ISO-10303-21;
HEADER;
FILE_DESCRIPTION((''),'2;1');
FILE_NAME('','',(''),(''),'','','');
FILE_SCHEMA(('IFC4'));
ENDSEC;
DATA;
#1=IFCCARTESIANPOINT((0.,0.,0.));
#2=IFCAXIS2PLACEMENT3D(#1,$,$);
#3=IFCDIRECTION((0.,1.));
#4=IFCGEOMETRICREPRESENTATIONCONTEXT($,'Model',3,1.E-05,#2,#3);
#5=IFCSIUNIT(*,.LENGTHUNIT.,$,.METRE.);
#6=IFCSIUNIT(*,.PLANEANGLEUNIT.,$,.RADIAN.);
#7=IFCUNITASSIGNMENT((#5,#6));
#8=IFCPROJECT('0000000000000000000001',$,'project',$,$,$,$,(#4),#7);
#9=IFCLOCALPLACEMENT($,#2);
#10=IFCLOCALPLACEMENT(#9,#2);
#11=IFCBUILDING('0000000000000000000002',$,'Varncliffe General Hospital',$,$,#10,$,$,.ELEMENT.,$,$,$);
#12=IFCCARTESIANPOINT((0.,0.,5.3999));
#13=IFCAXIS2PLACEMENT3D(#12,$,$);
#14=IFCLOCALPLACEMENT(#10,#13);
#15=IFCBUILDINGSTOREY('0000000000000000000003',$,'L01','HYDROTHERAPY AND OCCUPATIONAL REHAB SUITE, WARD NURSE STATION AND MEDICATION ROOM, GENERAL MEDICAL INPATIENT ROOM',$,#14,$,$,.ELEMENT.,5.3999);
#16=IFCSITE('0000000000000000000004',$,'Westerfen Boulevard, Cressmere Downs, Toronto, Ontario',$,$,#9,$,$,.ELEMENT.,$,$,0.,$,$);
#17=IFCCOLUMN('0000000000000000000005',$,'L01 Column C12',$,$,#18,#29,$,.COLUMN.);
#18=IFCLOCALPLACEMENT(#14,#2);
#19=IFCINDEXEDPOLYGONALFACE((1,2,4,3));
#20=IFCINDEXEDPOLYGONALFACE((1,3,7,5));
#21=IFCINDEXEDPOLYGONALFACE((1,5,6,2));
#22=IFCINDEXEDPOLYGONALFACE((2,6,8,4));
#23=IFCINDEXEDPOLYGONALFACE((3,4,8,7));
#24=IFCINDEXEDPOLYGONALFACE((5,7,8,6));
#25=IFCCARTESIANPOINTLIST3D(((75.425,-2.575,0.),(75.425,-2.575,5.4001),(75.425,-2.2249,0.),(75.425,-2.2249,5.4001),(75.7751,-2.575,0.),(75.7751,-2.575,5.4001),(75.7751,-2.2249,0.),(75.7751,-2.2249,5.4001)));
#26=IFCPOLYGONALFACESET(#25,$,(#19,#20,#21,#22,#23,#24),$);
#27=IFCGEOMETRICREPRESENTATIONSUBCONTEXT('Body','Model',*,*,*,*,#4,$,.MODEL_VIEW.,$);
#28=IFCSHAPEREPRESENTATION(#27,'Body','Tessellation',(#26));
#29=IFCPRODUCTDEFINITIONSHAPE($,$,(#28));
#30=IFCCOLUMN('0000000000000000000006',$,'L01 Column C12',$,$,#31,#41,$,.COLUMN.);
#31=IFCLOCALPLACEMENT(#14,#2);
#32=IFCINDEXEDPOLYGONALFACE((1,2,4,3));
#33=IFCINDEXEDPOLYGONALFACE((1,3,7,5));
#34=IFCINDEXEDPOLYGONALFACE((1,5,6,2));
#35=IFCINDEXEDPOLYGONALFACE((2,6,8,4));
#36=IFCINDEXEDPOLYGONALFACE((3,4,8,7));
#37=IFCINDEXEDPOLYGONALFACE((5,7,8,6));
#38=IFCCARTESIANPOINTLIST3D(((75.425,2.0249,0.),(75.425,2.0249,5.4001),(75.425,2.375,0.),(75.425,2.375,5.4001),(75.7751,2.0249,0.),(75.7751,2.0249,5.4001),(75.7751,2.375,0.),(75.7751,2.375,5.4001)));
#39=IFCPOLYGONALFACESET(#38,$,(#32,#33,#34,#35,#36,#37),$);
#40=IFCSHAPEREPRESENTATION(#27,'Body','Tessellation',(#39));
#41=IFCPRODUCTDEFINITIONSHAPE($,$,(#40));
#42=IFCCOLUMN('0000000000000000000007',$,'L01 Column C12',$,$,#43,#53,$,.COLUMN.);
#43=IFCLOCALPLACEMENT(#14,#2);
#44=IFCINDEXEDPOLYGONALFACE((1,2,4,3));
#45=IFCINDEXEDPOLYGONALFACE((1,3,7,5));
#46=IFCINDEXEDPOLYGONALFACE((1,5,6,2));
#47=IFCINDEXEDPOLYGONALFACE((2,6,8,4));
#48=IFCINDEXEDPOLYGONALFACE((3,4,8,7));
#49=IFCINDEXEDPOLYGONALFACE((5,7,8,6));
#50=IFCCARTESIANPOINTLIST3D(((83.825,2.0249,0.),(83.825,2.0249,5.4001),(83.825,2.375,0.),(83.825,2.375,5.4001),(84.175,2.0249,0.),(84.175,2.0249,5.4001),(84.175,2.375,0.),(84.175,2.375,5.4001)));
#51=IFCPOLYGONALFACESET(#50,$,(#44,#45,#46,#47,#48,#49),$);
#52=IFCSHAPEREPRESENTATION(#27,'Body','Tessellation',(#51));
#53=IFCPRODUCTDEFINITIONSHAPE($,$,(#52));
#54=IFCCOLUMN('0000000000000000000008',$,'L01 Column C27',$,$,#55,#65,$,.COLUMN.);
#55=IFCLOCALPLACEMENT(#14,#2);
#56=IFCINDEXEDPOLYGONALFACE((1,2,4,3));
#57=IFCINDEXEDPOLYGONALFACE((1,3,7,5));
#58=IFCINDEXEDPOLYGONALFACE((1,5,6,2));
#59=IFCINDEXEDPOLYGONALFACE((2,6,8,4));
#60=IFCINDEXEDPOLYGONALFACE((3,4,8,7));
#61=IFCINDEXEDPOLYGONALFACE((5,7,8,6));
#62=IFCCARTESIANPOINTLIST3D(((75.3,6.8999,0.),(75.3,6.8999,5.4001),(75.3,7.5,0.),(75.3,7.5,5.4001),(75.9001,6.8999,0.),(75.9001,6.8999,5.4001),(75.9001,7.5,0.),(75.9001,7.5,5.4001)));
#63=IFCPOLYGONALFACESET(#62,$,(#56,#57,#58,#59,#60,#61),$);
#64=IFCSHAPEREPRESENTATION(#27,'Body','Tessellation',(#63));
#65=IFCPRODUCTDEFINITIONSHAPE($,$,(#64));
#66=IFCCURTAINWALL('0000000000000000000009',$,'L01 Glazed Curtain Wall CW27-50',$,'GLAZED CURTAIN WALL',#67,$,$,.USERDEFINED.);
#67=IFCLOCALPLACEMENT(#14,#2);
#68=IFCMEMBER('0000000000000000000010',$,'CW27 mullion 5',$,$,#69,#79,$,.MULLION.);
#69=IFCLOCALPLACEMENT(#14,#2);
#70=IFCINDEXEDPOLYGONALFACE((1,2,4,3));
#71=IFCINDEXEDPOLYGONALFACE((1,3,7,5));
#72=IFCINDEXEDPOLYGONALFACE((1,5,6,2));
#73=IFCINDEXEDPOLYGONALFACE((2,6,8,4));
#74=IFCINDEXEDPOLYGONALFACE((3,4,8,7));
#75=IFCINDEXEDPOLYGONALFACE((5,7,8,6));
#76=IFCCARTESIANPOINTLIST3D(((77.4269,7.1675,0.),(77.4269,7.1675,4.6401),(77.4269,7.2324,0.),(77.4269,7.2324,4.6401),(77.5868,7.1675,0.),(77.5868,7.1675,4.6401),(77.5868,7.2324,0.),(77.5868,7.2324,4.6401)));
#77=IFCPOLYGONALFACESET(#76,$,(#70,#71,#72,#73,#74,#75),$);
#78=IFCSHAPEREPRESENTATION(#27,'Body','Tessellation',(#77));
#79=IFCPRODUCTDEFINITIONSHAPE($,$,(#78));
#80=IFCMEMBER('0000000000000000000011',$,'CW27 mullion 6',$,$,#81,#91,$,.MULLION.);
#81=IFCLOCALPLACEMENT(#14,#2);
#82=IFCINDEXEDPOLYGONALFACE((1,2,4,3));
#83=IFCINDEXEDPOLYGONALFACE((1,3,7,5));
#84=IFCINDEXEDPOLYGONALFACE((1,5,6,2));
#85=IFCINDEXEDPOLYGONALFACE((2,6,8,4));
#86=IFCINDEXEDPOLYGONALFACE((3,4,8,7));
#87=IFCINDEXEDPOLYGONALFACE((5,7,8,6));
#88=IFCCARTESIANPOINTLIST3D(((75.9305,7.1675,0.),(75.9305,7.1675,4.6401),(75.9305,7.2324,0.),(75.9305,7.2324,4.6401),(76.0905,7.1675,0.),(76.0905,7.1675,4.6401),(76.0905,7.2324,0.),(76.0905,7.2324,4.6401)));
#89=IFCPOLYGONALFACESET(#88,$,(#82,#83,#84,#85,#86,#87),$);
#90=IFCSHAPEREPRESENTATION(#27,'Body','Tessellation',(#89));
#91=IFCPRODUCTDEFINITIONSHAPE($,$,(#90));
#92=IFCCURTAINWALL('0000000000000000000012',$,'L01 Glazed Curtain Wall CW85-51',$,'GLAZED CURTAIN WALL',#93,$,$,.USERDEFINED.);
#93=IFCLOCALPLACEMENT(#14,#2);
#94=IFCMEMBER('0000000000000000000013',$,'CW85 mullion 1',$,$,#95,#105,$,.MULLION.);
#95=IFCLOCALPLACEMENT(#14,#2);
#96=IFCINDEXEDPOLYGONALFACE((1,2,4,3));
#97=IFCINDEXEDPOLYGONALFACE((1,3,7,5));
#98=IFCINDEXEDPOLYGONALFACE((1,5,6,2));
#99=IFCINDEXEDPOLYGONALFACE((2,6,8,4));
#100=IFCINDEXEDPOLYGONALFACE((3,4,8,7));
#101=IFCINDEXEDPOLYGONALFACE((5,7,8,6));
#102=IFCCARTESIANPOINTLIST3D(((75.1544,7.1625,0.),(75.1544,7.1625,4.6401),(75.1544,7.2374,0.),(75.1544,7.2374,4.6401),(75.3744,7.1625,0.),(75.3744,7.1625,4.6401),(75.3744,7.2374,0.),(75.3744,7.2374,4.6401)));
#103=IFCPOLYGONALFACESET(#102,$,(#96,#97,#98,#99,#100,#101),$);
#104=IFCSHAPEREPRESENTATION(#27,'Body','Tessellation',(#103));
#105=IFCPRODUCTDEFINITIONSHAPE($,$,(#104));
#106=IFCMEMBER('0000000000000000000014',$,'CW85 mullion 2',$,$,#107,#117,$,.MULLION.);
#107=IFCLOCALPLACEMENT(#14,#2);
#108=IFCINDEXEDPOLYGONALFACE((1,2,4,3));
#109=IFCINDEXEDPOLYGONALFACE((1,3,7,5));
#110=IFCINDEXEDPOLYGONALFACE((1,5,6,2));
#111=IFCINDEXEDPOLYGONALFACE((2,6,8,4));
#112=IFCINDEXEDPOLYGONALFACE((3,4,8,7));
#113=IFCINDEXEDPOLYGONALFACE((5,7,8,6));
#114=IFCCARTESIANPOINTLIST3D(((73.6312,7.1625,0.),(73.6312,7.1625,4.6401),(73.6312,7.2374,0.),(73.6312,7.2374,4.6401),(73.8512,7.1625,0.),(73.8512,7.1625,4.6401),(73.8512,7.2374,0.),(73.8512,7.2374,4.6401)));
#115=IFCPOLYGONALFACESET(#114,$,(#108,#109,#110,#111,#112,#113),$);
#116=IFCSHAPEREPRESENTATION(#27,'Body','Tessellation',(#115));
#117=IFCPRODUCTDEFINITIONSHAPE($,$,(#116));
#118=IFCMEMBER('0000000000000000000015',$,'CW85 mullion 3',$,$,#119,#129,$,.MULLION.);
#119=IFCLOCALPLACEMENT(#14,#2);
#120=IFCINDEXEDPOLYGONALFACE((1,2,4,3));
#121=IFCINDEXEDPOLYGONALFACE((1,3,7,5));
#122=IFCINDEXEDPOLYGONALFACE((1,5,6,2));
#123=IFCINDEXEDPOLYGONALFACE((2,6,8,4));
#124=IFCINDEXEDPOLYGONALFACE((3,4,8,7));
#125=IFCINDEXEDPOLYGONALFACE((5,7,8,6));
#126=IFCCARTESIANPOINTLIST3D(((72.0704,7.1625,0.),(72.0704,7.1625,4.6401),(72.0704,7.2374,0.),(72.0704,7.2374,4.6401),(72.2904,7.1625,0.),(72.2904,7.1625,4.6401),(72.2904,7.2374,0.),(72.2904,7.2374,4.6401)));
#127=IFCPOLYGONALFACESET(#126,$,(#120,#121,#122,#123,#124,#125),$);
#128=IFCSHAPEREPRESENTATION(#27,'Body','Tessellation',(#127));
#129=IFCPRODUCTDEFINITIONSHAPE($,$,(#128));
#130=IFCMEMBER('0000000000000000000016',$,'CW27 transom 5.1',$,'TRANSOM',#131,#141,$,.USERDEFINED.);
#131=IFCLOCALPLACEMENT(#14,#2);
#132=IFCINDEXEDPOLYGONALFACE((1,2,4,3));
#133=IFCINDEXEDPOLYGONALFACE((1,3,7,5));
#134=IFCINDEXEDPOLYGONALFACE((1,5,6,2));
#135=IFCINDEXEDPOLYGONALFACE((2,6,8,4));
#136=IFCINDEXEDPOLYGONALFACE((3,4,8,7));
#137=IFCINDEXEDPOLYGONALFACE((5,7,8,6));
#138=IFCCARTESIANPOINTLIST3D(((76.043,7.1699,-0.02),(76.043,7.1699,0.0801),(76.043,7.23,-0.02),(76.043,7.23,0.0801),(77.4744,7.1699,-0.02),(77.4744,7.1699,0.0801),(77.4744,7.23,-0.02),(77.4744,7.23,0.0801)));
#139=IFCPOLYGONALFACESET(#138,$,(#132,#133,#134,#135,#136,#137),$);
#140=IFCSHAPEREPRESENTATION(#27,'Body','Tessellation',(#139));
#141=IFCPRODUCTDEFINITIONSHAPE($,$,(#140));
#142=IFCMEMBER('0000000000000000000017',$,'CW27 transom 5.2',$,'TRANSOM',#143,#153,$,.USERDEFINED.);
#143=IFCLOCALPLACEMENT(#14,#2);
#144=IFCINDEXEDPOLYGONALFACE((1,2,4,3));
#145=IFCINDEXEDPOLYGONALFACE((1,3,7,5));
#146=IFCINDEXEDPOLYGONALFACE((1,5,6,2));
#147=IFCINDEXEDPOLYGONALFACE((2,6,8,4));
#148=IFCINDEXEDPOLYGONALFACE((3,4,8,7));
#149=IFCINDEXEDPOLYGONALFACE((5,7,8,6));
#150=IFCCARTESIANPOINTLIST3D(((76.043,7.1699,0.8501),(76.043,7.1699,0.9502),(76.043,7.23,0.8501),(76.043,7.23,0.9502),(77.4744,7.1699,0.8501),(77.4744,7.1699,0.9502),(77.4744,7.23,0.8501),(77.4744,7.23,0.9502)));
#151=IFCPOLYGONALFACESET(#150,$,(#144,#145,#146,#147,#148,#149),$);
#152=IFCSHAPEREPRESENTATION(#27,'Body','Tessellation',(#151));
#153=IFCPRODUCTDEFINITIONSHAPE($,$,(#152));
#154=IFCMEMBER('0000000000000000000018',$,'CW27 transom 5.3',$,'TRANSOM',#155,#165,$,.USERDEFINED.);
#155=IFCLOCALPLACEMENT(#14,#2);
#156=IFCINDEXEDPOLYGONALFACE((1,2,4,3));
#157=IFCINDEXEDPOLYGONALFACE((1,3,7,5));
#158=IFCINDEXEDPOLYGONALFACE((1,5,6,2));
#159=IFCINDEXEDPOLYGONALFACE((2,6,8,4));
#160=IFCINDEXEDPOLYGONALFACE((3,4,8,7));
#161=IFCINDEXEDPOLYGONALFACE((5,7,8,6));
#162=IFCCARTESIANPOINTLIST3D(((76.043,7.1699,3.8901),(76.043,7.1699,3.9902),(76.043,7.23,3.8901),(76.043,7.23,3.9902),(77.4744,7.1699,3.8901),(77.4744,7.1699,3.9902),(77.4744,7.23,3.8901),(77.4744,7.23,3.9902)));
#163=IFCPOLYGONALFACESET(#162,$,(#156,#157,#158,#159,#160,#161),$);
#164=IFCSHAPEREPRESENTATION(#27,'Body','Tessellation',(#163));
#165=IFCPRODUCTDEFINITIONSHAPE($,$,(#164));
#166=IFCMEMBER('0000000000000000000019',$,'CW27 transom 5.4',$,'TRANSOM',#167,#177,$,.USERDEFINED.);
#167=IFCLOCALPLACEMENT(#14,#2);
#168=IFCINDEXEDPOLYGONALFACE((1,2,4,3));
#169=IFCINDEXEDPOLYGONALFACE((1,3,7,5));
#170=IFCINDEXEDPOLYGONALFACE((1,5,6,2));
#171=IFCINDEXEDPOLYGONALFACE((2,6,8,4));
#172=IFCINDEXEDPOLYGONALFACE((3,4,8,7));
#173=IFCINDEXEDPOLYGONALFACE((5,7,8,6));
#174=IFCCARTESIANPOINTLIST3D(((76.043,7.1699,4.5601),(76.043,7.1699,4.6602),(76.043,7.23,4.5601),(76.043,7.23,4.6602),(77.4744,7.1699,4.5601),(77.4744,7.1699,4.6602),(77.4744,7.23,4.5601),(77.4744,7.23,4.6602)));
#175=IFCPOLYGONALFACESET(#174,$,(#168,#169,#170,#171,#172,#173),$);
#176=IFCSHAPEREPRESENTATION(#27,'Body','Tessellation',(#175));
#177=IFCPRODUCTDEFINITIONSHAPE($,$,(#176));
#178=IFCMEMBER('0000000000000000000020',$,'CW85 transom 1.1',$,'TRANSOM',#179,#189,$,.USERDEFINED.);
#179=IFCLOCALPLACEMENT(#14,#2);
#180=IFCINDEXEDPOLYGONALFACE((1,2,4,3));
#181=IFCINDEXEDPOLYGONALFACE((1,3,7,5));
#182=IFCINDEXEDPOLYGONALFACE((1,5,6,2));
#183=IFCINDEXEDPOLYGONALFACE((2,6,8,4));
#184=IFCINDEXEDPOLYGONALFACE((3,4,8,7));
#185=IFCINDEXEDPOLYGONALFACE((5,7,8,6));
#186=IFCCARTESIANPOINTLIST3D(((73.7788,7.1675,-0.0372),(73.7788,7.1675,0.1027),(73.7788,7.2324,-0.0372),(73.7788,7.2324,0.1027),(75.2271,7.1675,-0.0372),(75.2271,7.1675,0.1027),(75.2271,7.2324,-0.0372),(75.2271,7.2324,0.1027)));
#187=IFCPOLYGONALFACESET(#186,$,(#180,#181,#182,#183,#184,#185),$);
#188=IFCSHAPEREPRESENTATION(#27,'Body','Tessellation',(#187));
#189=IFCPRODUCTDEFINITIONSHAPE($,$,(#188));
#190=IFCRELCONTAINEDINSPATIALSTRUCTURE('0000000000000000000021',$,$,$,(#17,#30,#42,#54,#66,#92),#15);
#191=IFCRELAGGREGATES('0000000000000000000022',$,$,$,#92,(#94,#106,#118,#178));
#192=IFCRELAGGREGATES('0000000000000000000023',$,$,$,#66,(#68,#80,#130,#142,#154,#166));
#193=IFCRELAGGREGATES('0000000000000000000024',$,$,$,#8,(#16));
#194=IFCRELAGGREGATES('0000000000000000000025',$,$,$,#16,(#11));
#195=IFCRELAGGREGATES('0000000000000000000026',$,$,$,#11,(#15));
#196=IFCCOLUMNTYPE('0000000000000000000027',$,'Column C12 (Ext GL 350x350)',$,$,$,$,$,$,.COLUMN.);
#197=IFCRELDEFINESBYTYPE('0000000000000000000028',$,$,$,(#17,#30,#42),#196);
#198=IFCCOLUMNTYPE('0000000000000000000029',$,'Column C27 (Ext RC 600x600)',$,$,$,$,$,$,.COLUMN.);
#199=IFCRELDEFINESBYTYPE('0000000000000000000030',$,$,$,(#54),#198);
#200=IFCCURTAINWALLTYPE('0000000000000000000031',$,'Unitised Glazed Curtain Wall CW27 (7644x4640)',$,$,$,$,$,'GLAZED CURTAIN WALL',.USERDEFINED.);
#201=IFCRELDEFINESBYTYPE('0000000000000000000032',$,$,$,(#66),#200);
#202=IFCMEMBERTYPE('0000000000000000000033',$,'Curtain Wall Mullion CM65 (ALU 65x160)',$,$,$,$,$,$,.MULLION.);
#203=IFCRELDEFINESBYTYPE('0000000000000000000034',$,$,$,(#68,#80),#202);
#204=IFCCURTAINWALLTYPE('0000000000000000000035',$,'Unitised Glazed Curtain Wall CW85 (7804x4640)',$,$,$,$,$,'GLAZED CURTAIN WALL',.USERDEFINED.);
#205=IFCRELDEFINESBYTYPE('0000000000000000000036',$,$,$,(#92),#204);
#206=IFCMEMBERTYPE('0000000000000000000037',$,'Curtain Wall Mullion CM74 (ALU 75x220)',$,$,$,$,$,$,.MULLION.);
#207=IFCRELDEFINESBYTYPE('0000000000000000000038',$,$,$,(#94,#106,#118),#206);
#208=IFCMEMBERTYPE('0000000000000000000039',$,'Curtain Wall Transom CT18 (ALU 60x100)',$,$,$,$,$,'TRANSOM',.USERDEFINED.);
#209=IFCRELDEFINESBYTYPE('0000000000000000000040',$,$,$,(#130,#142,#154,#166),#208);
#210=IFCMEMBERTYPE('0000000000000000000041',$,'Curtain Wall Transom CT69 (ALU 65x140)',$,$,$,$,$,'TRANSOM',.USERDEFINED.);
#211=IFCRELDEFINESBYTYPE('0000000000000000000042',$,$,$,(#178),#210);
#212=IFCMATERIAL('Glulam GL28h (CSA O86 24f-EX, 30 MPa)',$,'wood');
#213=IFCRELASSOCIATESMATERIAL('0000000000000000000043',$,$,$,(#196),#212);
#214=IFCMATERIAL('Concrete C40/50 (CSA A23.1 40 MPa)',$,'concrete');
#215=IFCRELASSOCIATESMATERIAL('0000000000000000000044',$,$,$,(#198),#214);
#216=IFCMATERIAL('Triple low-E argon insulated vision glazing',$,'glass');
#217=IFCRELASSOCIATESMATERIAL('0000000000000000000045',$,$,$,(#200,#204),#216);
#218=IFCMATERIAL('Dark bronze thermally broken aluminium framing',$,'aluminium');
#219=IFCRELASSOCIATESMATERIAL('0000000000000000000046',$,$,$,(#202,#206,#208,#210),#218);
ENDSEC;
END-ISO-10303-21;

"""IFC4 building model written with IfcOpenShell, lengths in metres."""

from ifc_helpers import new_model, si_unit, direction, frame, origin, origin_2d, place, context, subcontext, project, spatial, rectangle, extrude, material, material_profile, profile_set, type_object, element, aggregate, save


model = new_model("IFC4")

# Units and contexts
model_context = context("Model", 3, precision=1e-05, world=origin(), true_north=direction((0.0, 1.0)))
body_context = subcontext(model_context, "Body", "Model", "MODEL_VIEW")
ifc_project = project(units=[si_unit("LENGTHUNIT", "METRE"), si_unit("PLANEANGLEUNIT", "RADIAN")], contexts=[model_context])

# Site, building, storey
site_placement = place(None, origin())
site = spatial("IfcSite", under=ifc_project, at=site_placement, Name="Westerfen Boulevard, Cressmere Downs, Toronto, Ontario", CompositionType="ELEMENT", RefElevation=0.0)
building_placement = place(site_placement, origin())
building = spatial("IfcBuilding", under=site, at=building_placement, Name="Varncliffe General Hospital", CompositionType="ELEMENT")
storey_placement = place(building_placement, frame((0.0, 0.0, 5.3999)))
storey = spatial("IfcBuildingStorey", under=building, at=storey_placement, Name="L01", Description="HYDROTHERAPY AND OCCUPATIONAL REHAB SUITE, WARD NURSE STATION AND MEDICATION ROOM, GENERAL MEDICAL INPATIENT ROOM", CompositionType="ELEMENT", Elevation=5.3999)

# Columns
ifc_material_1 = material(Name="Glulam GL28h (CSA O86 24f-EX, 30 MPa)", Category="wood")
ifc_material_profile_1 = material_profile(ifc_material_1, rectangle(XDim=0.3501, YDim=0.3501, at=origin_2d()), Name="GL 350x350")
ifc_profile_set_1 = profile_set([ifc_material_profile_1], Name="Glulam GL28h (CSA O86 24f-EX, 30 MPa)")
column_type_1 = type_object("IfcColumnType", Name="Column C12 (Ext GL 350x350)", PredefinedType="COLUMN", material=ifc_profile_set_1)
for number, where, z_axis, x_axis, name in (
    (1, (75.6001, -2.3999, 0.0), (0.0, 0.0, 1.0), (1.0, 0.0, 0.0), "L01 Column C12"),
    (2, (75.6001, 2.2, 0.0), (0.0, 0.0, 1.0), (1.0, 0.0, 0.0), "L01 Column C12"),
    (3, (84.0, 2.2, 0.0), (0.0, 0.0, 1.0), (1.0, 0.0, 0.0), "L01 Column C12"),
):
    element("IfcColumn", number, at=place(storey_placement, frame(where, z_axis=z_axis, x_axis=x_axis)), inside=storey, type_object=column_type_1, Name=name, PredefinedType="COLUMN", context=body_context, shape_type="SweptSolid", body=[
        extrude(rectangle(XDim=0.3501, YDim=0.3501, at=origin_2d()), origin(), (0.0, 0.0, 1.0), 5.4001),
    ])
ifc_material_2 = material(Name="Concrete C40/50 (CSA A23.1 40 MPa)", Category="concrete")
ifc_material_profile_2 = material_profile(ifc_material_2, rectangle(XDim=0.6001, YDim=0.6001, at=origin_2d()), Name="RC 600x600")
ifc_profile_set_2 = profile_set([ifc_material_profile_2], Name="Concrete C40/50 (CSA A23.1 40 MPa)")
column_type_2 = type_object("IfcColumnType", Name="Column C27 (Ext RC 600x600)", PredefinedType="COLUMN", material=ifc_profile_set_2)
column_placement = place(storey_placement, frame((75.6001, 7.2, 0.0), z_axis=(0.0, 0.0, 1.0), x_axis=(1.0, 0.0, 0.0)))
element("IfcColumn", 4, at=column_placement, inside=storey, type_object=column_type_2, Name="L01 Column C27", PredefinedType="COLUMN", context=body_context, shape_type="SweptSolid", body=[
    extrude(rectangle(XDim=0.6001, YDim=0.6001, at=origin_2d()), origin(), (0.0, 0.0, 1.0), 5.4001),
])

# Curtain walls, members
ifc_material_3 = material(Name="Triple low-E argon insulated vision glazing", Category="glass")
curtain_wall_type_1 = type_object("IfcCurtainWallType", Name="Unitised Glazed Curtain Wall CW27 (7644x4640)", ElementType="GLAZED CURTAIN WALL", PredefinedType="USERDEFINED", material=ifc_material_3)
curtain_wall_1_placement = place(storey_placement, origin())
curtain_wall_1 = element("IfcCurtainWall", 5, at=curtain_wall_1_placement, inside=storey, type_object=curtain_wall_type_1, Name="L01 Glazed Curtain Wall CW27-50", ObjectType="GLAZED CURTAIN WALL", PredefinedType="USERDEFINED")
ifc_material_4 = material(Name="Dark bronze thermally broken aluminium framing", Category="aluminium")
ifc_material_profile_3 = material_profile(ifc_material_4, rectangle(XDim=0.0649, YDim=0.1599, at=origin_2d()), Name="ALU 65x160")
ifc_profile_set_3 = profile_set([ifc_material_profile_3], Name="Dark bronze thermally broken aluminium framing")
member_type_1 = type_object("IfcMemberType", Name="Curtain Wall Mullion CM65 (ALU 65x160)", PredefinedType="MULLION", material=ifc_profile_set_3)
member_1_placement = place(storey_placement, frame((77.5068, 7.2, 0.0), z_axis=(0.0, 0.0, 1.0), x_axis=(0.0, -1.0, 0.0)))
member_1 = element("IfcMember", 6, at=member_1_placement, type_object=member_type_1, Name="CW27 mullion 5", PredefinedType="MULLION", context=body_context, shape_type="SweptSolid", body=[
    extrude(rectangle(XDim=0.0649, YDim=0.1599, at=origin_2d()), origin(), (0.0, 0.0, 1.0), 4.6401),
])
member_2_placement = place(storey_placement, frame((76.0105, 7.2, 0.0), z_axis=(0.0, 0.0, 1.0), x_axis=(0.0, -1.0, 0.0)))
member_2 = element("IfcMember", 7, at=member_2_placement, type_object=member_type_1, Name="CW27 mullion 6", PredefinedType="MULLION", context=body_context, shape_type="SweptSolid", body=[
    extrude(rectangle(XDim=0.0649, YDim=0.1599, at=origin_2d()), origin(), (0.0, 0.0, 1.0), 4.6401),
])
curtain_wall_type_2 = type_object("IfcCurtainWallType", Name="Unitised Glazed Curtain Wall CW85 (7804x4640)", ElementType="GLAZED CURTAIN WALL", PredefinedType="USERDEFINED", material=ifc_material_3)
curtain_wall_2_placement = place(storey_placement, origin())
curtain_wall_2 = element("IfcCurtainWall", 8, at=curtain_wall_2_placement, inside=storey, type_object=curtain_wall_type_2, Name="L01 Glazed Curtain Wall CW85-51", ObjectType="GLAZED CURTAIN WALL", PredefinedType="USERDEFINED")
ifc_material_profile_4 = material_profile(ifc_material_4, rectangle(XDim=0.075, YDim=0.22, at=origin_2d()), Name="ALU 75x220")
ifc_profile_set_4 = profile_set([ifc_material_profile_4], Name="Dark bronze thermally broken aluminium framing")
member_type_2 = type_object("IfcMemberType", Name="Curtain Wall Mullion CM74 (ALU 75x220)", PredefinedType="MULLION", material=ifc_profile_set_4)
member_3_placement = place(storey_placement, frame((75.2644, 7.2, 0.0), z_axis=(0.0, 0.0, 1.0), x_axis=(0.0, -1.0, 0.0)))
member_3 = element("IfcMember", 9, at=member_3_placement, type_object=member_type_2, Name="CW85 mullion 1", PredefinedType="MULLION", context=body_context, shape_type="SweptSolid", body=[
    extrude(rectangle(XDim=0.075, YDim=0.22, at=origin_2d()), origin(), (0.0, 0.0, 1.0), 4.6401),
])
member_4_placement = place(storey_placement, frame((73.7412, 7.2, 0.0), z_axis=(0.0, 0.0, 1.0), x_axis=(0.0, -1.0, 0.0)))
member_4 = element("IfcMember", 10, at=member_4_placement, type_object=member_type_2, Name="CW85 mullion 2", PredefinedType="MULLION", context=body_context, shape_type="SweptSolid", body=[
    extrude(rectangle(XDim=0.075, YDim=0.22, at=origin_2d()), origin(), (0.0, 0.0, 1.0), 4.6401),
])
member_5_placement = place(storey_placement, frame((72.1804, 7.2, 0.0), z_axis=(0.0, 0.0, 1.0), x_axis=(0.0, -1.0, 0.0)))
member_5 = element("IfcMember", 11, at=member_5_placement, type_object=member_type_2, Name="CW85 mullion 3", PredefinedType="MULLION", context=body_context, shape_type="SweptSolid", body=[
    extrude(rectangle(XDim=0.075, YDim=0.22, at=origin_2d()), origin(), (0.0, 0.0, 1.0), 4.6401),
])

# Members
ifc_material_profile_5 = material_profile(ifc_material_4, rectangle(XDim=0.0601, YDim=0.1001, at=origin_2d()), Name="ALU 60x100")
ifc_profile_set_5 = profile_set([ifc_material_profile_5], Name="Dark bronze thermally broken aluminium framing")
member_type_3 = type_object("IfcMemberType", Name="Curtain Wall Transom CT18 (ALU 60x100)", ElementType="TRANSOM", PredefinedType="USERDEFINED", material=ifc_profile_set_5)
member_6_placement = place(storey_placement, frame((77.4744, 7.2, 0.03), z_axis=(-1.0, 0.0, 0.0), x_axis=(0.0, -1.0, 0.0)))
member_6 = element("IfcMember", 12, at=member_6_placement, type_object=member_type_3, Name="CW27 transom 5.1", ObjectType="TRANSOM", PredefinedType="USERDEFINED", context=body_context, shape_type="SweptSolid", body=[
    extrude(rectangle(XDim=0.0601, YDim=0.1001, at=origin_2d()), origin(), (0.0, 0.0, 1.0), 1.4314),
])
member_7_placement = place(storey_placement, frame((77.4744, 7.2, 0.9001), z_axis=(-1.0, 0.0, 0.0), x_axis=(0.0, -1.0, 0.0)))
member_7 = element("IfcMember", 13, at=member_7_placement, type_object=member_type_3, Name="CW27 transom 5.2", ObjectType="TRANSOM", PredefinedType="USERDEFINED", context=body_context, shape_type="SweptSolid", body=[
    extrude(rectangle(XDim=0.0601, YDim=0.1001, at=origin_2d()), origin(), (0.0, 0.0, 1.0), 1.4314),
])
member_8_placement = place(storey_placement, frame((77.4744, 7.2, 3.9402), z_axis=(-1.0, 0.0, 0.0), x_axis=(0.0, -1.0, 0.0)))
member_8 = element("IfcMember", 14, at=member_8_placement, type_object=member_type_3, Name="CW27 transom 5.3", ObjectType="TRANSOM", PredefinedType="USERDEFINED", context=body_context, shape_type="SweptSolid", body=[
    extrude(rectangle(XDim=0.0601, YDim=0.1001, at=origin_2d()), origin(), (0.0, 0.0, 1.0), 1.4314),
])
member_9_placement = place(storey_placement, frame((77.4744, 7.2, 4.6101), z_axis=(-1.0, 0.0, 0.0), x_axis=(0.0, -1.0, 0.0)))
member_9 = element("IfcMember", 15, at=member_9_placement, type_object=member_type_3, Name="CW27 transom 5.4", ObjectType="TRANSOM", PredefinedType="USERDEFINED", context=body_context, shape_type="SweptSolid", body=[
    extrude(rectangle(XDim=0.0601, YDim=0.1001, at=origin_2d()), origin(), (0.0, 0.0, 1.0), 1.4314),
])
ifc_material_profile_6 = material_profile(ifc_material_4, rectangle(XDim=0.0649, YDim=0.1399, at=origin_2d()), Name="ALU 65x140")
ifc_profile_set_6 = profile_set([ifc_material_profile_6], Name="Dark bronze thermally broken aluminium framing")
member_type_4 = type_object("IfcMemberType", Name="Curtain Wall Transom CT69 (ALU 65x140)", ElementType="TRANSOM", PredefinedType="USERDEFINED", material=ifc_profile_set_6)
member_10_placement = place(storey_placement, frame((75.2271, 7.2, 0.0327), z_axis=(-1.0, 0.0, 0.0), x_axis=(0.0, -1.0, 0.0)))
member_10 = element("IfcMember", 16, at=member_10_placement, type_object=member_type_4, Name="CW85 transom 1.1", ObjectType="TRANSOM", PredefinedType="USERDEFINED", context=body_context, shape_type="SweptSolid", body=[
    extrude(rectangle(XDim=0.0649, YDim=0.1399, at=origin_2d()), origin(), (0.0, 0.0, 1.0), 1.4482),
])

aggregate(curtain_wall_2, [member_3, member_4, member_5, member_10])
aggregate(curtain_wall_1, [member_1, member_2, member_6, member_7, member_8, member_9])

save(model, "model.ifc")
